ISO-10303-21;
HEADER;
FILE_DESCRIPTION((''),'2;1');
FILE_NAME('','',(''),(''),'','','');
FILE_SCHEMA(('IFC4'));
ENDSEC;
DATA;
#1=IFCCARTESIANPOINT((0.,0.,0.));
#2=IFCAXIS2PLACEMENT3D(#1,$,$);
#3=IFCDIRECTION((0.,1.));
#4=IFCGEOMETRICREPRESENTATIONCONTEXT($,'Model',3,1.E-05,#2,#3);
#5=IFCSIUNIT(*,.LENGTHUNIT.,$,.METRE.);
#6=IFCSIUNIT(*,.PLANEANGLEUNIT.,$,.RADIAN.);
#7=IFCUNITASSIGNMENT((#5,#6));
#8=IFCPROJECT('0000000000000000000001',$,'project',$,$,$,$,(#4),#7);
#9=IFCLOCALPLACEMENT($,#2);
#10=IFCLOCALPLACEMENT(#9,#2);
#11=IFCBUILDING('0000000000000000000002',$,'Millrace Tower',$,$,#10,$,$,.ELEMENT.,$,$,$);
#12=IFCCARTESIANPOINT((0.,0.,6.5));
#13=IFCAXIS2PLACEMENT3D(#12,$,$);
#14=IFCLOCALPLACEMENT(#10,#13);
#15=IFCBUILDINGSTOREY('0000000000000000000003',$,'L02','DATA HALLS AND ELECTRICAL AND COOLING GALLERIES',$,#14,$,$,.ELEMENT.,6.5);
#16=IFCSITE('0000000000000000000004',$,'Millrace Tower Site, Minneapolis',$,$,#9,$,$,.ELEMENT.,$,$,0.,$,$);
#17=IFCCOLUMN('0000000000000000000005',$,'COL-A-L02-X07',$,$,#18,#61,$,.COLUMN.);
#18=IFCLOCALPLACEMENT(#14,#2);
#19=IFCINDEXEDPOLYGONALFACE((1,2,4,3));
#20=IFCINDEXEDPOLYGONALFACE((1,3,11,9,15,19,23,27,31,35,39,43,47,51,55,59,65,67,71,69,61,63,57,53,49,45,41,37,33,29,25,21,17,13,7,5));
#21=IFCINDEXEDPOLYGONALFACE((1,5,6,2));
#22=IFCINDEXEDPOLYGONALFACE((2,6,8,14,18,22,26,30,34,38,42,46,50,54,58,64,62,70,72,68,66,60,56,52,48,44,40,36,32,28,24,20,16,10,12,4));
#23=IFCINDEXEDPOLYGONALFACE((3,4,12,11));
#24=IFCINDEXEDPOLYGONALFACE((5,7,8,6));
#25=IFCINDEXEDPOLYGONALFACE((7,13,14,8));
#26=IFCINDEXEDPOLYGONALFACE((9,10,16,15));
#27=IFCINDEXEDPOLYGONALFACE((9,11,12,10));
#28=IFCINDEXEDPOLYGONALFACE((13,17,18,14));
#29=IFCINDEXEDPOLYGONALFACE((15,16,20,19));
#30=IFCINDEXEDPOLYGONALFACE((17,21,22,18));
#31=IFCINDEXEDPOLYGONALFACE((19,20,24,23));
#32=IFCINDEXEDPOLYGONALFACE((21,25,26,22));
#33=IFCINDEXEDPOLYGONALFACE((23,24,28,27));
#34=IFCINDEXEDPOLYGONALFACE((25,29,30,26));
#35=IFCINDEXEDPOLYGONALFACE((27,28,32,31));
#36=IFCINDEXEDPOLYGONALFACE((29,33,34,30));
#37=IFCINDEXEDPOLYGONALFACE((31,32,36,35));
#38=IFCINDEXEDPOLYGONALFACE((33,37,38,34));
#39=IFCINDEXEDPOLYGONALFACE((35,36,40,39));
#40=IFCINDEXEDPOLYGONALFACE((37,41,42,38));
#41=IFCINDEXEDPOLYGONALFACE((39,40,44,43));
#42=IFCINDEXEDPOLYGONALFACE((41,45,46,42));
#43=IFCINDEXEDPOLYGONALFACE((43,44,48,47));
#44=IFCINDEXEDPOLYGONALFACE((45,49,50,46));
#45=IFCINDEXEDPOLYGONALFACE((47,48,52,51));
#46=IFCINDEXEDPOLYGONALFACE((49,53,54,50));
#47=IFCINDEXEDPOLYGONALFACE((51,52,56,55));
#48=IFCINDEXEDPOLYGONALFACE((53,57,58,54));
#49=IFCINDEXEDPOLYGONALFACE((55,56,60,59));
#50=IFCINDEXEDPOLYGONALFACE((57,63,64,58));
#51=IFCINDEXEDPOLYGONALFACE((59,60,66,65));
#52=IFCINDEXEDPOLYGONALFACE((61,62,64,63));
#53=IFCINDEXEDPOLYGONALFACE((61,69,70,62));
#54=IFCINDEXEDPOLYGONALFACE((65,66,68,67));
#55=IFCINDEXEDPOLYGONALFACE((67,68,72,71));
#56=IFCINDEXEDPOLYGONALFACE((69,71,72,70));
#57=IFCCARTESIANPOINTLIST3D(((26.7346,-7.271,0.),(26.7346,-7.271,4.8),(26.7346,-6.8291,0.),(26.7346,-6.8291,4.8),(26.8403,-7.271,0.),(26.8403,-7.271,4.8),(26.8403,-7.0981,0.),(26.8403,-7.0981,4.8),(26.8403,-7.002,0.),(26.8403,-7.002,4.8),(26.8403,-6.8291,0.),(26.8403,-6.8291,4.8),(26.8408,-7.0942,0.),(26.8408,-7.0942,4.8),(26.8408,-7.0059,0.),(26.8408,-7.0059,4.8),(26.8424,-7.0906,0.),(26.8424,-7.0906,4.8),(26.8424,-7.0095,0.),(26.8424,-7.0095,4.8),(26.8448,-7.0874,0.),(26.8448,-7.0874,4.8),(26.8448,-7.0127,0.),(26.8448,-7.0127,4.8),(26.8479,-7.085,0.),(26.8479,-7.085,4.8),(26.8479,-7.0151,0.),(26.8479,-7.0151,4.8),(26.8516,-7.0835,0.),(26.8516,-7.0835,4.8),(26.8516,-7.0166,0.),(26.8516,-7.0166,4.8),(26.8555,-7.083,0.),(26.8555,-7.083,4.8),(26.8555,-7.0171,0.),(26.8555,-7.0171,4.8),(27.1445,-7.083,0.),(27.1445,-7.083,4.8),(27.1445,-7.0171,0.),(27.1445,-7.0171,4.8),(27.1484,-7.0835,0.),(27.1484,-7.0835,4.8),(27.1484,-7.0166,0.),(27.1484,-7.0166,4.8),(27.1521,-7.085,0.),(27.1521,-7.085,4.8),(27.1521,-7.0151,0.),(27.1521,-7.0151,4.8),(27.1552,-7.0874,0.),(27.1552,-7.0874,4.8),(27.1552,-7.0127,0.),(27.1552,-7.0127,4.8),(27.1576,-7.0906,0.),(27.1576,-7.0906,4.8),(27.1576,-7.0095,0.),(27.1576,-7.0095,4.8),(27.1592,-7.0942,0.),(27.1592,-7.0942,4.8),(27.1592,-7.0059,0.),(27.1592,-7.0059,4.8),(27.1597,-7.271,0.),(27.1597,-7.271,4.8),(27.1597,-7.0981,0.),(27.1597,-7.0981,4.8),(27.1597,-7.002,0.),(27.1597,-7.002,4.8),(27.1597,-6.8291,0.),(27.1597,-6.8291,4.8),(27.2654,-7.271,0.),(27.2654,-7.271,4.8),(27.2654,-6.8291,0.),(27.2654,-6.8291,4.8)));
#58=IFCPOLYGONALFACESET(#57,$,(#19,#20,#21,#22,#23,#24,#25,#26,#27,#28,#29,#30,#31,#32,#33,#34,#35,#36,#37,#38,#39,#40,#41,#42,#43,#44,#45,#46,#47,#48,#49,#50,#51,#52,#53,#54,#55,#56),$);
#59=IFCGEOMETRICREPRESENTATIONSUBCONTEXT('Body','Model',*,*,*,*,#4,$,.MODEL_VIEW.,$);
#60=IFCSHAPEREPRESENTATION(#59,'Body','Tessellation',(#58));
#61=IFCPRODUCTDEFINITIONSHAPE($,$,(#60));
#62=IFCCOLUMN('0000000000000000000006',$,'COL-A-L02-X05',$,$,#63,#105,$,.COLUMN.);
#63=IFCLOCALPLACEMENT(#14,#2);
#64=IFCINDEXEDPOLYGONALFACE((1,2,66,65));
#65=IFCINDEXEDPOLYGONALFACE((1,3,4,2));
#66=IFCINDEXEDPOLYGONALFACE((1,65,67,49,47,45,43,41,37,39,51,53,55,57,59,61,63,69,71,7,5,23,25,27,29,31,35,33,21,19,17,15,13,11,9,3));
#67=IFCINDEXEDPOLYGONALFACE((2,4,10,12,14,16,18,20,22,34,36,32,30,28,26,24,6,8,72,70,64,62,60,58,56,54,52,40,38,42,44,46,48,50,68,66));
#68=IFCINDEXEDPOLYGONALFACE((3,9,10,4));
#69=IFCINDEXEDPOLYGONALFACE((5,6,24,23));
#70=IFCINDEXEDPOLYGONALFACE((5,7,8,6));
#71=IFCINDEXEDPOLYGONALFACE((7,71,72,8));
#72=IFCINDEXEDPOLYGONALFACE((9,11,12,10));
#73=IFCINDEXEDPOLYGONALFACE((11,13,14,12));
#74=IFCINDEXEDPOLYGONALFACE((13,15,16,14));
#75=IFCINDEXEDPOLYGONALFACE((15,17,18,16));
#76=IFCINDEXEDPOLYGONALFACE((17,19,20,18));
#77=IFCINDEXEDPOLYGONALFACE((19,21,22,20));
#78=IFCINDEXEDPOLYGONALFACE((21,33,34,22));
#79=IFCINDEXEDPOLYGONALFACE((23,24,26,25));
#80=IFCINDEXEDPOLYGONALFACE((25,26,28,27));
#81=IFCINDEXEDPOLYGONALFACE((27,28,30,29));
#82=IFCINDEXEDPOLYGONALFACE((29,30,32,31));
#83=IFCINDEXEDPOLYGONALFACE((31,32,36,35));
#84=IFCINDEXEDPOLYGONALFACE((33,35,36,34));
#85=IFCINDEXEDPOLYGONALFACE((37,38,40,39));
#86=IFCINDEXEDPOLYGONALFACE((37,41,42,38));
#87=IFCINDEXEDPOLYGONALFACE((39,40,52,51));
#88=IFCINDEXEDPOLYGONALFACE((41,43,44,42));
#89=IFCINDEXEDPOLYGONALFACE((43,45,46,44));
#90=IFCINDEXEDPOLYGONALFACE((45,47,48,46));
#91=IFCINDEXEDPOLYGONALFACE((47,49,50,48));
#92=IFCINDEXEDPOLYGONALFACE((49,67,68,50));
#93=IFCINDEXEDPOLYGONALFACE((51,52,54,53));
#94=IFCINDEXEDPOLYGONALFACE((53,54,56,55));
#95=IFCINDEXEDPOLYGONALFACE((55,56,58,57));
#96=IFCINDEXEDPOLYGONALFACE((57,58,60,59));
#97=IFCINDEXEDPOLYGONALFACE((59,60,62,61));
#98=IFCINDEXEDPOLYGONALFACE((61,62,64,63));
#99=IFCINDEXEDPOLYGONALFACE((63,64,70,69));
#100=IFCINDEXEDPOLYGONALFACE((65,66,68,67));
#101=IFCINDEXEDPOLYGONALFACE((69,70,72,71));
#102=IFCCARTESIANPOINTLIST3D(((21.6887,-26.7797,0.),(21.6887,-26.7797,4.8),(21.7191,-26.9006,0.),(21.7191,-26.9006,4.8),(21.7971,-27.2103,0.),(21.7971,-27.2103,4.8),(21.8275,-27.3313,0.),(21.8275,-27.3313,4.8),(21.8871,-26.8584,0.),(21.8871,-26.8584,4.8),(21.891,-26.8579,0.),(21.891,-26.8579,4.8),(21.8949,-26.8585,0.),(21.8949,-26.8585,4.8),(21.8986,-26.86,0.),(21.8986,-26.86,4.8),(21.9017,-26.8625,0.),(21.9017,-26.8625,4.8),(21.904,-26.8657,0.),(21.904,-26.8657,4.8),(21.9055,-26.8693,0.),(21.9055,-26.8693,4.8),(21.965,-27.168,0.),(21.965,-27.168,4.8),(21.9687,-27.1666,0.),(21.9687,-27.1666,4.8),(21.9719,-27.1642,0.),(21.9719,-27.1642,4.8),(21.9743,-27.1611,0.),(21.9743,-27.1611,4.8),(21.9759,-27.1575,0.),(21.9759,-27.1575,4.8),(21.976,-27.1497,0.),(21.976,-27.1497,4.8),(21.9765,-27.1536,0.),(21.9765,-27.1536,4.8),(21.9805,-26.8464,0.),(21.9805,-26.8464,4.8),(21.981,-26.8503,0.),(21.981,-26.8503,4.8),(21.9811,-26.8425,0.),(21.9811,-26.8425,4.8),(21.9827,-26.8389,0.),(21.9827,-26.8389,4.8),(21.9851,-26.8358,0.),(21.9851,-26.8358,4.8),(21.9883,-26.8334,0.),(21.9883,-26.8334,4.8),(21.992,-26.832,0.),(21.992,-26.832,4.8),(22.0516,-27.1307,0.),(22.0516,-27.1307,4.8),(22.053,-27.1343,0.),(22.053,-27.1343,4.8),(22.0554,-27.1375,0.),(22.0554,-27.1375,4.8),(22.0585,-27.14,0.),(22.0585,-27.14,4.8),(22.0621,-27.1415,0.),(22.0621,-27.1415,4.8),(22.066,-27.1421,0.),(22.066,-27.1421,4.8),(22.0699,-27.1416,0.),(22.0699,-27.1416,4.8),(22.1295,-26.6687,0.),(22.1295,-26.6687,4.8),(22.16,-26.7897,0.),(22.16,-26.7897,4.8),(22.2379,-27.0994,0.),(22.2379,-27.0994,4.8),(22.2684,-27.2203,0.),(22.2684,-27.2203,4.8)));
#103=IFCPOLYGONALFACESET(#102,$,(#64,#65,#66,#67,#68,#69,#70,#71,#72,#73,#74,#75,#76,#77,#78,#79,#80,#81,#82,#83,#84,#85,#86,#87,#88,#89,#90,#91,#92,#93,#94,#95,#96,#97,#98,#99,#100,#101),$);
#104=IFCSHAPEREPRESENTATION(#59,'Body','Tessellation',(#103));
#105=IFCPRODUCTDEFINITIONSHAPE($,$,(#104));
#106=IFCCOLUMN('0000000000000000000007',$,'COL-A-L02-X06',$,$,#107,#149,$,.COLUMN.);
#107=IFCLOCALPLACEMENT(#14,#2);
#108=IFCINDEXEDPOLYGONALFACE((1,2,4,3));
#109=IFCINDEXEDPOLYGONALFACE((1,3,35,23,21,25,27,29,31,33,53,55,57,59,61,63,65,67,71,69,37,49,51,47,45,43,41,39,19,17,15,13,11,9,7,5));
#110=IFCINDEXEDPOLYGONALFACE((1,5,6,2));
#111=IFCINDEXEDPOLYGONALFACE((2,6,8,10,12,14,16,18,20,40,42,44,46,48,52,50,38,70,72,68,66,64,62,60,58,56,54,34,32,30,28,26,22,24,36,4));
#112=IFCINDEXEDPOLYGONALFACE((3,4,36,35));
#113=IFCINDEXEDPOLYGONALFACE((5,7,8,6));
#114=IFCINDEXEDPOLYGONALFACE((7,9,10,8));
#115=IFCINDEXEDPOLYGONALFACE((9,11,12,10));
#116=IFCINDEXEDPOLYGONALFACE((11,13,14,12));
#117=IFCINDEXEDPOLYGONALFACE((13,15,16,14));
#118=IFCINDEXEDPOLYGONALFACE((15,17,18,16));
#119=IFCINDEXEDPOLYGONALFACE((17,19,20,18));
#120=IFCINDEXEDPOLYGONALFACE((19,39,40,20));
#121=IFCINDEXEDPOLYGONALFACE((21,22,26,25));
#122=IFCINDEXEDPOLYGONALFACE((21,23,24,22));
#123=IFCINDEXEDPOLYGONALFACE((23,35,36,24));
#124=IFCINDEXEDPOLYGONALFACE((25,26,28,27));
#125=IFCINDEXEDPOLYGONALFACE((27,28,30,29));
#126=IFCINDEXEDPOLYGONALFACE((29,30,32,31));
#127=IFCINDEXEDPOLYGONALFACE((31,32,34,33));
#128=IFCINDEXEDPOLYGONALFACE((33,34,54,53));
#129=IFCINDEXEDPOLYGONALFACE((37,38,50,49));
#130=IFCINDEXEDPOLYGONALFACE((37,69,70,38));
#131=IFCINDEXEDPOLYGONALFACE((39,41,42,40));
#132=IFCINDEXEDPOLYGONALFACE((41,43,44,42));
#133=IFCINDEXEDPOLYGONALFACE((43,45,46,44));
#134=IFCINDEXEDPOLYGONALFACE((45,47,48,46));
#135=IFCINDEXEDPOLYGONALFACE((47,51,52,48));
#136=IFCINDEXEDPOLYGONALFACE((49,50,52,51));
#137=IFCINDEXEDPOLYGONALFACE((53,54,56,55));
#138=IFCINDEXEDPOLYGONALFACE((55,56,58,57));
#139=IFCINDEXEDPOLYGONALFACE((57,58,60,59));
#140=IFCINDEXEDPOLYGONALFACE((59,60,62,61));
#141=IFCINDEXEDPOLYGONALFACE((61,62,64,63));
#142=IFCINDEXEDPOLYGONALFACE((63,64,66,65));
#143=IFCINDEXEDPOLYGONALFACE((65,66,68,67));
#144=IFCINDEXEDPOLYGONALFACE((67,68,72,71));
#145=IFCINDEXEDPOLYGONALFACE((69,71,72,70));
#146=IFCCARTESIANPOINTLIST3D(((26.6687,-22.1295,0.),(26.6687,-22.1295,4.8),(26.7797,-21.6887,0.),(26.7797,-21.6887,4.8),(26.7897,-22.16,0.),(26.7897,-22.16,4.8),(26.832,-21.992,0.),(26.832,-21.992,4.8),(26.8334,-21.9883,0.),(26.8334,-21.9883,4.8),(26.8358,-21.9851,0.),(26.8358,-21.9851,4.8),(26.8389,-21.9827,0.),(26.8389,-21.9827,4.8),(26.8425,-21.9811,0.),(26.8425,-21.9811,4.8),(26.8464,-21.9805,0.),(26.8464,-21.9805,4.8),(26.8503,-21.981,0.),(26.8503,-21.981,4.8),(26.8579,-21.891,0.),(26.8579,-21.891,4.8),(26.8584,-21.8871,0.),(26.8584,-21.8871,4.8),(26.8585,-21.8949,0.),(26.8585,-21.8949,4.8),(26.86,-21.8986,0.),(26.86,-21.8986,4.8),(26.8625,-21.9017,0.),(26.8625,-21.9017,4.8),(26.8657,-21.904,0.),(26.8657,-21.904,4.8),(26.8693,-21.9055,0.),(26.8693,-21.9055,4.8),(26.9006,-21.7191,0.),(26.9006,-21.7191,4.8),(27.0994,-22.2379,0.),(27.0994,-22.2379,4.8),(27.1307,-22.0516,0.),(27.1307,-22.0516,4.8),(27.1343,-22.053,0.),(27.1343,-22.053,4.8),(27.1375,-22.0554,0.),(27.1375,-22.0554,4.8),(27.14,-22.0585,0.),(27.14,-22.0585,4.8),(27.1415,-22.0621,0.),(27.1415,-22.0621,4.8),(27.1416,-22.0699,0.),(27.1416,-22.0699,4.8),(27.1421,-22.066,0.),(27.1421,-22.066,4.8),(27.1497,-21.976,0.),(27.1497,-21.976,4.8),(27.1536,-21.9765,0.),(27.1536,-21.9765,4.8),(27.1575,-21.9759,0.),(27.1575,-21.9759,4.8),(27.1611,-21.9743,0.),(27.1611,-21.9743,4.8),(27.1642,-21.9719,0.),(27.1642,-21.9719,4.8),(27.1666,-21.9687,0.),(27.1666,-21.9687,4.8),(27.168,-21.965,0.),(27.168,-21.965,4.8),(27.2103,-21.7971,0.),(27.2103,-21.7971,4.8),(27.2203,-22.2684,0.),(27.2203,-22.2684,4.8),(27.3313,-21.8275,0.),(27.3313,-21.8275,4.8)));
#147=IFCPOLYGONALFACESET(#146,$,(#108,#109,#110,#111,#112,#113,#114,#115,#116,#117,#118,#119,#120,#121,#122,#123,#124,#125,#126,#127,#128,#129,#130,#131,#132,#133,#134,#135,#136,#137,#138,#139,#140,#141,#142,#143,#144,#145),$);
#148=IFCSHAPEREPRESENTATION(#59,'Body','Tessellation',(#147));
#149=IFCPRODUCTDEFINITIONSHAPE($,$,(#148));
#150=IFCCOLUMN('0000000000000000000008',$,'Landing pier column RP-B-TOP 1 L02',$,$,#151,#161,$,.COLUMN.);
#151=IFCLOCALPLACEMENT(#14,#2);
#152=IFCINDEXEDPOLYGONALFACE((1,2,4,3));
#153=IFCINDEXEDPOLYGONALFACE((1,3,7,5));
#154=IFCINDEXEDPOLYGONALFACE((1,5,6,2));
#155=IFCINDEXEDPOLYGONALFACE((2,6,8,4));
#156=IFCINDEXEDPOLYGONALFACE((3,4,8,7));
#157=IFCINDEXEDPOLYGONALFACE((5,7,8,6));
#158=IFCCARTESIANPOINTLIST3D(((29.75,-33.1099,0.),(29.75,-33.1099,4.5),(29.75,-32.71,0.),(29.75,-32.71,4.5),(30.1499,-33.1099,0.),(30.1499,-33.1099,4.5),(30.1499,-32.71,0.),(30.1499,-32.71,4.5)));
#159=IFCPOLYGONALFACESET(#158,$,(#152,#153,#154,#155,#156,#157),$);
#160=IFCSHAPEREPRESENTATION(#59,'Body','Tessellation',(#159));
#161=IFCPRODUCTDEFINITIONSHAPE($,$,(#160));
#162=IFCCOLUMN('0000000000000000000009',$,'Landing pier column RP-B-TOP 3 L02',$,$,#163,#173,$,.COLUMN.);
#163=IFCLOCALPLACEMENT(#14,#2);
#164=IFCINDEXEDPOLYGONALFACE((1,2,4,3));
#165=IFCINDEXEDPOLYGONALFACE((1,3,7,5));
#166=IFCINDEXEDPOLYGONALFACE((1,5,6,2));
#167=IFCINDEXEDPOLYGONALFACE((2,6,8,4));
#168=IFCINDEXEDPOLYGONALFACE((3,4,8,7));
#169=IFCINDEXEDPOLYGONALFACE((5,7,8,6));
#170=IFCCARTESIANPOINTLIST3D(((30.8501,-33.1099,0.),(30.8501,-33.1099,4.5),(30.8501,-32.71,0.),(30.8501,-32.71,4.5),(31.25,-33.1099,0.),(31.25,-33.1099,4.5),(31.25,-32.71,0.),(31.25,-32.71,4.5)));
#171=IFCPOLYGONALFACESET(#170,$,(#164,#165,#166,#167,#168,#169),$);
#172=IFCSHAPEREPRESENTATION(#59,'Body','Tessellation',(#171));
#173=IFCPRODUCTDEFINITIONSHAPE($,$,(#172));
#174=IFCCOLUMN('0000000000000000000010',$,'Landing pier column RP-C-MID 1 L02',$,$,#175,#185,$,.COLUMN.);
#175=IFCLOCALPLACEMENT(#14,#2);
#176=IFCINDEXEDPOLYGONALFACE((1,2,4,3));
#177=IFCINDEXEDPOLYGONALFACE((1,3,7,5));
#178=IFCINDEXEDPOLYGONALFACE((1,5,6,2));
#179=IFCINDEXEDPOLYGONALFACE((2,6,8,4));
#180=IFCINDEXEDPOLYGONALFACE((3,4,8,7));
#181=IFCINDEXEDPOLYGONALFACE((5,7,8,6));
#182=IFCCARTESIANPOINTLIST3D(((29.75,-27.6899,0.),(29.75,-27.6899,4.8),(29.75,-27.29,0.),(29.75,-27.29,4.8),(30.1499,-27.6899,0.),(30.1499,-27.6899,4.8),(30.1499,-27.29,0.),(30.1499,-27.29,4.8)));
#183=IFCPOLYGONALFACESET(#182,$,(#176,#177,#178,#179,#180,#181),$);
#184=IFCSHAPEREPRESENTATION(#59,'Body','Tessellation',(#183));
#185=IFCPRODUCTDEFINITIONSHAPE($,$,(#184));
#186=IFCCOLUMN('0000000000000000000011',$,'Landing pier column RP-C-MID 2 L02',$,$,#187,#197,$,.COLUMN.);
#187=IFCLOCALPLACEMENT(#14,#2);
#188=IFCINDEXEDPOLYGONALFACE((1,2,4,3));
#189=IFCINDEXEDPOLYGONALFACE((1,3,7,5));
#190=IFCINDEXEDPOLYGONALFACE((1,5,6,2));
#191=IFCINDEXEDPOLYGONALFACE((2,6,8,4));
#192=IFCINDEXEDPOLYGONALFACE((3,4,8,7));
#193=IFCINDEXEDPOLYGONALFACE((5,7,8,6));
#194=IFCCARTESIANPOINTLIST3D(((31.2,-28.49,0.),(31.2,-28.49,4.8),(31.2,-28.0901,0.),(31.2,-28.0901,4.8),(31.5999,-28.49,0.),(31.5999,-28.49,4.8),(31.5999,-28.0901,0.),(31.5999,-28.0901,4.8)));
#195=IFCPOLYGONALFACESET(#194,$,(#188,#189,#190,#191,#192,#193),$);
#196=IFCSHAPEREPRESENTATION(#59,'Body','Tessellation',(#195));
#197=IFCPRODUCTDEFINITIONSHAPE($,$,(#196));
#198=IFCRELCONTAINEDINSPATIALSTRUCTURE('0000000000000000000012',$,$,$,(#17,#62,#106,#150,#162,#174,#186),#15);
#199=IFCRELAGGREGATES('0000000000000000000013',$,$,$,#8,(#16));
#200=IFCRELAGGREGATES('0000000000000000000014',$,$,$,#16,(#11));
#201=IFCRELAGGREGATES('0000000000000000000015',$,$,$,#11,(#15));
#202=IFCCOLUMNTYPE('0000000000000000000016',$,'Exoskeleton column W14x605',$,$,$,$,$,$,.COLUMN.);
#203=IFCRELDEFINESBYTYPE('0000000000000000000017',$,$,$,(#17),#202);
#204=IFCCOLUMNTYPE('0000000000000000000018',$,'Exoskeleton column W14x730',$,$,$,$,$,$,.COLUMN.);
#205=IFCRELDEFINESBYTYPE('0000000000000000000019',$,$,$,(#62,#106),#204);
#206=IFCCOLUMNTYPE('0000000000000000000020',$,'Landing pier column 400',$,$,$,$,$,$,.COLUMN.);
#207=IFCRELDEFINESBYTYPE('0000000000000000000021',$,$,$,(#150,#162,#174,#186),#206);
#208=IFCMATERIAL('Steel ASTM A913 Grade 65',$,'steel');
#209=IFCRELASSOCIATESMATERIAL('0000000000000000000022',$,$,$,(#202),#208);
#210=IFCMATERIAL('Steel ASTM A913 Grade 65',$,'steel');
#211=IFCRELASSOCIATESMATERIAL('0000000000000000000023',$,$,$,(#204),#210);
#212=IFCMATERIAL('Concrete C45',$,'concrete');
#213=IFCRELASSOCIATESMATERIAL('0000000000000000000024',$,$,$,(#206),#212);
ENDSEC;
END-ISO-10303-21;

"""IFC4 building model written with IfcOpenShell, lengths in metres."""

from ifc_helpers import new_model, si_unit, direction, frame, origin, origin_2d, place, context, subcontext, project, spatial, rectangle, i_section, extrude, material, material_profile, profile_set, type_object, element, save


model = new_model("IFC4")

# Units and contexts
model_context = context("Model", 3, precision=1e-05, world=origin(), true_north=direction((0.0, 1.0)))
body_context = subcontext(model_context, "Body", "Model", "MODEL_VIEW")
ifc_project = project(units=[si_unit("LENGTHUNIT", "METRE"), si_unit("PLANEANGLEUNIT", "RADIAN")], contexts=[model_context])

# Site, building, storey
site_placement = place(None, origin())
site = spatial("IfcSite", under=ifc_project, at=site_placement, Name="Millrace Tower Site, Minneapolis", CompositionType="ELEMENT", RefElevation=0.0)
building_placement = place(site_placement, origin())
building = spatial("IfcBuilding", under=site, at=building_placement, Name="Millrace Tower", CompositionType="ELEMENT")
storey_placement = place(building_placement, frame((0.0, 0.0, 6.5)))
storey = spatial("IfcBuildingStorey", under=building, at=storey_placement, Name="L02", Description="DATA HALLS AND ELECTRICAL AND COOLING GALLERIES", CompositionType="ELEMENT", Elevation=6.5)

# Columns
ifc_material_1 = material(Name="Steel ASTM A913 Grade 65", Category="steel")
ifc_material_profile_1 = material_profile(ifc_material_1, i_section(OverallWidth=0.4419, OverallDepth=0.5308, WebThickness=0.0659, FlangeThickness=0.1057, FilletRadius=0.0151, at=origin_2d()))
ifc_profile_set_1 = profile_set([ifc_material_profile_1], Name="Steel ASTM A913 Grade 65")
column_type_1 = type_object("IfcColumnType", Name="Exoskeleton column W14x605", PredefinedType="COLUMN", material=ifc_profile_set_1)
column_placement = place(storey_placement, frame((27.0, -7.05, 0.0), z_axis=(0.0, 0.0, 1.0), x_axis=(0.0, 1.0, 0.0)))
element("IfcColumn", 1, at=column_placement, inside=storey, type_object=column_type_1, Name="COL-A-L02-X07", PredefinedType="COLUMN", context=body_context, shape_type="SweptSolid", body=[
    extrude(i_section(OverallWidth=0.4419, OverallDepth=0.5308, WebThickness=0.0659, FlangeThickness=0.1057, FilletRadius=0.0151, at=origin_2d()), origin(), (0.0, 0.0, 1.0), 4.8),
])
ifc_material_2 = material(Name="Steel ASTM A913 Grade 65", Category="steel")
ifc_material_profile_2 = material_profile(ifc_material_2, i_section(OverallWidth=0.4546, OverallDepth=0.5688, WebThickness=0.0779, FlangeThickness=0.1248, FilletRadius=0.0151, at=origin_2d()))
ifc_profile_set_2 = profile_set([ifc_material_profile_2], Name="Steel ASTM A913 Grade 65")
column_type_2 = type_object("IfcColumnType", Name="Exoskeleton column W14x730", PredefinedType="COLUMN", material=ifc_profile_set_2)
for number, where, z_axis, x_axis, name in (
    (2, (21.9785, -27.0, 0.0), (0.0, 0.0, 1.0), (0.969752, 0.244094, 0.0), "COL-A-L02-X05"),
    (3, (27.0, -21.9785, 0.0), (0.0, 0.0, 1.0), (0.244094, 0.969752, 0.0), "COL-A-L02-X06"),
):
    element("IfcColumn", number, at=place(storey_placement, frame(where, z_axis=z_axis, x_axis=x_axis)), inside=storey, type_object=column_type_2, Name=name, PredefinedType="COLUMN", context=body_context, shape_type="SweptSolid", body=[
        extrude(i_section(OverallWidth=0.4546, OverallDepth=0.5688, WebThickness=0.0779, FlangeThickness=0.1248, FilletRadius=0.0151, at=origin_2d()), origin(), (0.0, 0.0, 1.0), 4.8),
    ])
ifc_material_3 = material(Name="Concrete C45", Category="concrete")
ifc_material_profile_3 = material_profile(ifc_material_3, rectangle(XDim=0.3999, YDim=0.3999, at=origin_2d()))
ifc_profile_set_3 = profile_set([ifc_material_profile_3], Name="Concrete C45")
column_type_3 = type_object("IfcColumnType", Name="Landing pier column 400", PredefinedType="COLUMN", material=ifc_profile_set_3)
for number, where, z_axis, x_axis, name in (
    (4, (29.95, -32.9099, 0.0), (0.0, 0.0, 1.0), (1.0, 0.0, 0.0), "Landing pier column RP-B-TOP 1 L02"),
    (5, (31.05, -32.9099, 0.0), (0.0, 0.0, 1.0), (1.0, 0.0, 0.0), "Landing pier column RP-B-TOP 3 L02"),
):
    element("IfcColumn", number, at=place(storey_placement, frame(where, z_axis=z_axis, x_axis=x_axis)), inside=storey, type_object=column_type_3, Name=name, PredefinedType="COLUMN", context=body_context, shape_type="SweptSolid", body=[
        extrude(rectangle(XDim=0.3999, YDim=0.3999, at=origin_2d()), origin(), (0.0, 0.0, 1.0), 4.5),
    ])
for number, where, z_axis, x_axis, name in (
    (6, (29.95, -27.49, 0.0), (0.0, 0.0, 1.0), (1.0, 0.0, 0.0), "Landing pier column RP-C-MID 1 L02"),
    (7, (31.3999, -28.29, 0.0), (0.0, 0.0, 1.0), (1.0, 0.0, 0.0), "Landing pier column RP-C-MID 2 L02"),
):
    element("IfcColumn", number, at=place(storey_placement, frame(where, z_axis=z_axis, x_axis=x_axis)), inside=storey, type_object=column_type_3, Name=name, PredefinedType="COLUMN", context=body_context, shape_type="SweptSolid", body=[
        extrude(rectangle(XDim=0.3999, YDim=0.3999, at=origin_2d()), origin(), (0.0, 0.0, 1.0), 4.8),
    ])

save(model, "model.ifc")
